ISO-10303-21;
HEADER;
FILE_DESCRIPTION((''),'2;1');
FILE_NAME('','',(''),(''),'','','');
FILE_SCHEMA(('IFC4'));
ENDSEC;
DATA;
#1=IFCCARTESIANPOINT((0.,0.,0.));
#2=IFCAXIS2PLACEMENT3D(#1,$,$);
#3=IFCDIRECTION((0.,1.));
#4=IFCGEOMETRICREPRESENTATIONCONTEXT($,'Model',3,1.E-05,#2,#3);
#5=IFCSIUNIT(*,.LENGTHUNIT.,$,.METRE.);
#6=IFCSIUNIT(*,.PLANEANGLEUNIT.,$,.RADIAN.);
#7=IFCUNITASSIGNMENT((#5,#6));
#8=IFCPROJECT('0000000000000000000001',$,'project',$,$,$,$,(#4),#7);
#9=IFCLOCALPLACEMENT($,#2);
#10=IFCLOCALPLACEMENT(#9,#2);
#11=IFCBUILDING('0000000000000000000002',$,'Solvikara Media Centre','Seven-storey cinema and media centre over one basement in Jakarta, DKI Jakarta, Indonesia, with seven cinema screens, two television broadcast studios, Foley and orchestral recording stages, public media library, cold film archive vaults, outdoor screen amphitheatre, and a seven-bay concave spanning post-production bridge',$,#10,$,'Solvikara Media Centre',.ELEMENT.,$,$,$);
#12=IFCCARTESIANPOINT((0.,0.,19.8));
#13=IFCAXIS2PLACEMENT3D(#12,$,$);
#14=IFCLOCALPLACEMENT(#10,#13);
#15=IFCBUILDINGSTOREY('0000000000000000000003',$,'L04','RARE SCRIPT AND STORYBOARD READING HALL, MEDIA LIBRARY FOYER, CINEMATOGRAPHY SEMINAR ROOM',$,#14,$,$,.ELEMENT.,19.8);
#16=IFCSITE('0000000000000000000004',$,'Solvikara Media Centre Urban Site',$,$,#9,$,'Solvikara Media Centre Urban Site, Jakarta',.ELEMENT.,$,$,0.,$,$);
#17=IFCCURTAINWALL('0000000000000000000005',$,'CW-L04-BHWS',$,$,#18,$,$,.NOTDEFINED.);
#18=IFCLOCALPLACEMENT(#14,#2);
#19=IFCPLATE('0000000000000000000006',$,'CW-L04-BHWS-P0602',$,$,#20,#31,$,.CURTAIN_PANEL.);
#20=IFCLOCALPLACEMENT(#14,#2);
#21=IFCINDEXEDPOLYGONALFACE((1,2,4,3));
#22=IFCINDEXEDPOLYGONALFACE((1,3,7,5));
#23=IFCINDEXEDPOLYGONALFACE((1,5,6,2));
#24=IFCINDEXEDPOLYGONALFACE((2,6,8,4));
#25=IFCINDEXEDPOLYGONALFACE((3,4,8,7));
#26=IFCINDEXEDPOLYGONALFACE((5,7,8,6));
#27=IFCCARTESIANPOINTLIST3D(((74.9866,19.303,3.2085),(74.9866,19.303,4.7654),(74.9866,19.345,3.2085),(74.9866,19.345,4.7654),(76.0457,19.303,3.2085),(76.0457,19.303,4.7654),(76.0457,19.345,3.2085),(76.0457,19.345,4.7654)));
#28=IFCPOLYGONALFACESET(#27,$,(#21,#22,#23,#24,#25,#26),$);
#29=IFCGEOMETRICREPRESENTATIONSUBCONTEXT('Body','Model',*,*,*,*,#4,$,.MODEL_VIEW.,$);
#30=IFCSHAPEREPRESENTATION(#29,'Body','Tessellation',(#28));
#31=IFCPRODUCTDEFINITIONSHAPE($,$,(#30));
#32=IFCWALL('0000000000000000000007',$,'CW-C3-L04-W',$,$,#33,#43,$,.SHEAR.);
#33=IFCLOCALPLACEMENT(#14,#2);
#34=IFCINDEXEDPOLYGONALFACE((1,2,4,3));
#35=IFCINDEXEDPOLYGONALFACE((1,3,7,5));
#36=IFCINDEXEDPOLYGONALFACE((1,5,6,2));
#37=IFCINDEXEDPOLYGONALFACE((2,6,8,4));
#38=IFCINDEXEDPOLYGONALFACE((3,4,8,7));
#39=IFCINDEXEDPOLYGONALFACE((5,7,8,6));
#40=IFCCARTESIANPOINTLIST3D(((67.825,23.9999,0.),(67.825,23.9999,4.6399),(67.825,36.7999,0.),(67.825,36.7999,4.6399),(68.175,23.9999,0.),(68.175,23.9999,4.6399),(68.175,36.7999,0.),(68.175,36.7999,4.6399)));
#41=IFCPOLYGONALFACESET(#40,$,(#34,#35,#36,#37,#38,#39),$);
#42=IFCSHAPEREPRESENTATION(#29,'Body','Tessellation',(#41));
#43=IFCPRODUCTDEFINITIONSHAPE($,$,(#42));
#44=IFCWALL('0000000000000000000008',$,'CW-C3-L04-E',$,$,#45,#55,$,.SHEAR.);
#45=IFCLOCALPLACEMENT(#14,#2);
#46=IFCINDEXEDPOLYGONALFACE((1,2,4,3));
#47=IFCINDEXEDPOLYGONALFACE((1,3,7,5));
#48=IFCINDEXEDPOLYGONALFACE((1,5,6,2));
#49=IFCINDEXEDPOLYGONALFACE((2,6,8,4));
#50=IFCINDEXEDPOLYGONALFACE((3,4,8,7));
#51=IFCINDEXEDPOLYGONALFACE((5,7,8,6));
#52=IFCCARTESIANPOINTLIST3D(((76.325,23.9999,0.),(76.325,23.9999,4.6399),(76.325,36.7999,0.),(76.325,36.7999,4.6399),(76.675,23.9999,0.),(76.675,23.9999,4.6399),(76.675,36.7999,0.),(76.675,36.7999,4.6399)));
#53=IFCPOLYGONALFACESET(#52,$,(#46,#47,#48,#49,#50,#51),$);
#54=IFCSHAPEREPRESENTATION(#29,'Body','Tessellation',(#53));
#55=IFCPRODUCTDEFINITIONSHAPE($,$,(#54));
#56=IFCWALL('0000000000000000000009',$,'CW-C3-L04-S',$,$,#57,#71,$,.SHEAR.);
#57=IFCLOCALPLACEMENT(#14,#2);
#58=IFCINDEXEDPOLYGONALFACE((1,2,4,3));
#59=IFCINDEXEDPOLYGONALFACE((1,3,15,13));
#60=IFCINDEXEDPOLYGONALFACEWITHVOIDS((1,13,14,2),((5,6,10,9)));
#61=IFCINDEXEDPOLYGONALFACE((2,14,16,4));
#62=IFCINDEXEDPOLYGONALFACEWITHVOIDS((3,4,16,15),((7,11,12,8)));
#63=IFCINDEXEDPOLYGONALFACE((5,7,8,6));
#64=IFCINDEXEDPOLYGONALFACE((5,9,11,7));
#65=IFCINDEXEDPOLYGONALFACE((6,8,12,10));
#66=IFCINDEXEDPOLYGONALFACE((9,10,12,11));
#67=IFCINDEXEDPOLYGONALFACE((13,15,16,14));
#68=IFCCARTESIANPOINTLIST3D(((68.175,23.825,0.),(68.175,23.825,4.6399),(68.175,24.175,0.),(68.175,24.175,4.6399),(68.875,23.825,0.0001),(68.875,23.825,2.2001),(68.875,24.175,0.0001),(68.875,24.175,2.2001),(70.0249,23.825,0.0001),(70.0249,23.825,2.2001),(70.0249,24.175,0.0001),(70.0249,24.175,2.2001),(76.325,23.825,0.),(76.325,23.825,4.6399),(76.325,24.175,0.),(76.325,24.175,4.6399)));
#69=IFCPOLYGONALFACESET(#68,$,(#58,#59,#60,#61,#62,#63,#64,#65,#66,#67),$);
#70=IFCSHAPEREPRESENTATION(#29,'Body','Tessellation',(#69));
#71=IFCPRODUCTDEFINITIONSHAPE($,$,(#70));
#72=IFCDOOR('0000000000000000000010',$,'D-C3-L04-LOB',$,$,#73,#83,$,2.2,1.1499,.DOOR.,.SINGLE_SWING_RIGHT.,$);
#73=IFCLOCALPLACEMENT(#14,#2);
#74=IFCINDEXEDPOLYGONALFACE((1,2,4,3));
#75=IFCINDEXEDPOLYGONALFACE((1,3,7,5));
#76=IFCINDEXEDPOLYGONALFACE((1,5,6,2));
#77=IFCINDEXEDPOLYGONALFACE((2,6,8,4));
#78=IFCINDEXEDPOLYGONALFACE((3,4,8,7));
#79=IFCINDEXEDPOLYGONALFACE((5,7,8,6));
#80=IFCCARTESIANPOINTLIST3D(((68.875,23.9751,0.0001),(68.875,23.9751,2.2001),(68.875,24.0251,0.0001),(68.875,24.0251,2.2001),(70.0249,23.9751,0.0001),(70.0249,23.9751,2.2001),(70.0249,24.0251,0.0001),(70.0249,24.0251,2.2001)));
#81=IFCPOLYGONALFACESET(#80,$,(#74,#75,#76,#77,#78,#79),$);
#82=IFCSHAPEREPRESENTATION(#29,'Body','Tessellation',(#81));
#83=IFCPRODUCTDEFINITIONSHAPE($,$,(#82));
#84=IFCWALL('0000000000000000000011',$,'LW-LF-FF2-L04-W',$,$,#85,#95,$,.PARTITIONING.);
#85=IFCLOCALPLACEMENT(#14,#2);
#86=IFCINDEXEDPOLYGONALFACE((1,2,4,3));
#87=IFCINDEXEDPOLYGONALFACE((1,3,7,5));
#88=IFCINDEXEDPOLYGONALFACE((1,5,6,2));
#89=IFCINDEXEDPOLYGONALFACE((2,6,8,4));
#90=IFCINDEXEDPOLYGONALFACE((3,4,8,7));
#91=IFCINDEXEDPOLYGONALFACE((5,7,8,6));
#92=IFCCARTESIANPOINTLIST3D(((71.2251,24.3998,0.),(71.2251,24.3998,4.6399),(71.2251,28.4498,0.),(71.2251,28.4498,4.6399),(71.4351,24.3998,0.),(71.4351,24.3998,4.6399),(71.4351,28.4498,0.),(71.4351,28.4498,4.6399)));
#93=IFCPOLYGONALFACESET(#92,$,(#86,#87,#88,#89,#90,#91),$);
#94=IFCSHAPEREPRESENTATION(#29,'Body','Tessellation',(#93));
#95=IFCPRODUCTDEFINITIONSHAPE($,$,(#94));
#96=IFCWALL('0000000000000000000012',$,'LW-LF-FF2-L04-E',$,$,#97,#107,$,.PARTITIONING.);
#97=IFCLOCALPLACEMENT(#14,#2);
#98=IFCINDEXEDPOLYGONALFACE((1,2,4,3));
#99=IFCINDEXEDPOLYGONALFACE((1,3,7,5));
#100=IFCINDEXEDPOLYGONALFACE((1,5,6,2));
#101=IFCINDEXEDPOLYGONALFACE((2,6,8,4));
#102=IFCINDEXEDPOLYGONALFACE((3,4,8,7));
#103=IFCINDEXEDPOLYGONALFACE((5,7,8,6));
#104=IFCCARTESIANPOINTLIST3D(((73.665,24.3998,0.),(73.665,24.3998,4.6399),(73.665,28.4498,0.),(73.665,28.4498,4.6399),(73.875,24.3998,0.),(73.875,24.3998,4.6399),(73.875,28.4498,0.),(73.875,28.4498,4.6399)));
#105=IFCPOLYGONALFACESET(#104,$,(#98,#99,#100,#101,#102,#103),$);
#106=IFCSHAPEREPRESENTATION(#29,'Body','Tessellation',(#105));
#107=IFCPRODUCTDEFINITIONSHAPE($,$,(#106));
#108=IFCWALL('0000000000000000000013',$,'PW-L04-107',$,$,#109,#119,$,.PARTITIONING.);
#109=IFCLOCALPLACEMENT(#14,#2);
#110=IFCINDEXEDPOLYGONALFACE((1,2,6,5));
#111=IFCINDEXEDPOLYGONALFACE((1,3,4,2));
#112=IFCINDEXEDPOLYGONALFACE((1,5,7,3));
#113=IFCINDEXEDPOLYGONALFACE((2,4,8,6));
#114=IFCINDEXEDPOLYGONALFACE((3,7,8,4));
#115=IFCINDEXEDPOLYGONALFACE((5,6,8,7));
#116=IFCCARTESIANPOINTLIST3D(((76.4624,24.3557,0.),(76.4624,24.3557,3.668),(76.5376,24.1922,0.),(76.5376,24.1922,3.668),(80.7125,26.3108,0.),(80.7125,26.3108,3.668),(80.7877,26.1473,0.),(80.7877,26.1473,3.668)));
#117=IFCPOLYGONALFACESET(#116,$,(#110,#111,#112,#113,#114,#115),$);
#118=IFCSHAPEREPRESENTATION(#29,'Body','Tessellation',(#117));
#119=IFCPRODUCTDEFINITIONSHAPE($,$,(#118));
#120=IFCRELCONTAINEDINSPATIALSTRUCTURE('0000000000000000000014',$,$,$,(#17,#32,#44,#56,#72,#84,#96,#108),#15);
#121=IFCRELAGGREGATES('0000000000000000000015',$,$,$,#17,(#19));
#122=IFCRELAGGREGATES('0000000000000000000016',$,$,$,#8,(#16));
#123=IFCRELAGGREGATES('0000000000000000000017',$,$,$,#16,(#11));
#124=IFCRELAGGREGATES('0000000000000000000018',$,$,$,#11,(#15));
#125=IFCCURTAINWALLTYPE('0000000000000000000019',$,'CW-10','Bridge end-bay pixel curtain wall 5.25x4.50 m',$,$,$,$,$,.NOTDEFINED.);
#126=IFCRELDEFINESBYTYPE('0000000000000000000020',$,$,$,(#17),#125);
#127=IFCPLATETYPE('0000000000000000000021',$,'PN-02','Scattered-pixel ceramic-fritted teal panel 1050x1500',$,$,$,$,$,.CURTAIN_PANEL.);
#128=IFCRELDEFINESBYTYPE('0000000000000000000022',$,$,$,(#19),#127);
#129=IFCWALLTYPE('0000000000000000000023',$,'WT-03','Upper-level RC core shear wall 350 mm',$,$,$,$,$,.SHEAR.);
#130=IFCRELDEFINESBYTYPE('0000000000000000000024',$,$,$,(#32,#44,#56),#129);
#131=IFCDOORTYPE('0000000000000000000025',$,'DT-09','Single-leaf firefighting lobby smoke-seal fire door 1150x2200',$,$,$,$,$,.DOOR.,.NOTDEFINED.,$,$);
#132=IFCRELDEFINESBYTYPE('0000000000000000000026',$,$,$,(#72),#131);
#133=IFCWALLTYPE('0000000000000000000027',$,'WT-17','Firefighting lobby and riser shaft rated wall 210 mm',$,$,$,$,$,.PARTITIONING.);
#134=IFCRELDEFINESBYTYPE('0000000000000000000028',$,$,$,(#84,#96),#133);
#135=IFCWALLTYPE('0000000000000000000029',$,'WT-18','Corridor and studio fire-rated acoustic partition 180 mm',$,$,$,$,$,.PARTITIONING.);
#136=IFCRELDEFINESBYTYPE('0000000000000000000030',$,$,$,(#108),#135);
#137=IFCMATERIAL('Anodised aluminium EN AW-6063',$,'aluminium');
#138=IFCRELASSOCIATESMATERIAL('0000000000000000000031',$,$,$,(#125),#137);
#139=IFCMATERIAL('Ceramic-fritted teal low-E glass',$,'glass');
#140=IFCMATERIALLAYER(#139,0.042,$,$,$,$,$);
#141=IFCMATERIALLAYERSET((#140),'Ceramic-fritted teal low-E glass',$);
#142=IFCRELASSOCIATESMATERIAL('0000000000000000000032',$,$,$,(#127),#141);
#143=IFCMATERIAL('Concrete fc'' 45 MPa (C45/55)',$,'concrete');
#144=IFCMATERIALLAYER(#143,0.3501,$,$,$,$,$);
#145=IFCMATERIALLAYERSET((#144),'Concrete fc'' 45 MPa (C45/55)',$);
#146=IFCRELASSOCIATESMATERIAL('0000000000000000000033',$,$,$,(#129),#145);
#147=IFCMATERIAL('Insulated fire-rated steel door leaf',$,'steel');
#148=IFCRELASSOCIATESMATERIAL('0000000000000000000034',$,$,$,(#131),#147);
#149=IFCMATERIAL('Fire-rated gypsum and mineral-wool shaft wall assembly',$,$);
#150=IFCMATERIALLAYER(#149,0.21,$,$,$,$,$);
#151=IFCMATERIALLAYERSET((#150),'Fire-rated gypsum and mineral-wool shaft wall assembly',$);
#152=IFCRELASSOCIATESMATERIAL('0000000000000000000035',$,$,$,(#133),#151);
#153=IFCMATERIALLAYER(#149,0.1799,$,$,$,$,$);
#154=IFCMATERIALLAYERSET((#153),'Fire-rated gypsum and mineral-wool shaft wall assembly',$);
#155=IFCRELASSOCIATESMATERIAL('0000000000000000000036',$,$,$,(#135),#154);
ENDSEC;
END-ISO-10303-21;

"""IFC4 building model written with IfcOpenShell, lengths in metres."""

from ifc_helpers import new_model, si_unit, direction, frame, frame_2d, origin, origin_2d, place, context, subcontext, project, spatial, rectangle, extrude, material, layer, layer_set, type_object, element, fill, aggregate, save


model = new_model("IFC4")

# Units and contexts
model_context = context("Model", 3, precision=1e-05, world=origin(), true_north=direction((0.0, 1.0)))
body_context = subcontext(model_context, "Body", "Model", "MODEL_VIEW")
ifc_project = project(units=[si_unit("LENGTHUNIT", "METRE"), si_unit("PLANEANGLEUNIT", "RADIAN")], contexts=[model_context])

# Site, building, storey
site_placement = place(None, origin())
site = spatial("IfcSite", under=ifc_project, at=site_placement, Name="Solvikara Media Centre Urban Site", LongName="Solvikara Media Centre Urban Site, Jakarta", CompositionType="ELEMENT", RefElevation=0.0)
building_placement = place(site_placement, origin())
building = spatial("IfcBuilding", under=site, at=building_placement, Name="Solvikara Media Centre", Description="Seven-storey cinema and media centre over one basement in Jakarta, DKI Jakarta, Indonesia, with seven cinema screens, two television broadcast studios, Foley and orchestral recording stages, public media library, cold film archive vaults, outdoor screen amphitheatre, and a seven-bay concave spanning post-production bridge", LongName="Solvikara Media Centre", CompositionType="ELEMENT")
storey_placement = place(building_placement, frame((0.0, 0.0, 19.8)))
storey = spatial("IfcBuildingStorey", under=building, at=storey_placement, Name="L04", Description="RARE SCRIPT AND STORYBOARD READING HALL, MEDIA LIBRARY FOYER, CINEMATOGRAPHY SEMINAR ROOM", CompositionType="ELEMENT", Elevation=19.8)

# Shared definitions
ifc_material_1 = material(Name="Concrete fc' 45 MPa (C45/55)", Category="concrete")

# Curtain wall, plate
ifc_material_2 = material(Name="Anodised aluminium EN AW-6063", Category="aluminium")
curtain_wall_type = type_object("IfcCurtainWallType", Name="CW-10", Description="Bridge end-bay pixel curtain wall 5.25x4.50 m", PredefinedType="NOTDEFINED", material=ifc_material_2)
curtain_wall_placement = place(storey_placement, origin())
curtain_wall = element("IfcCurtainWall", 1, at=curtain_wall_placement, inside=storey, type_object=curtain_wall_type, Name="CW-L04-BHWS", PredefinedType="NOTDEFINED")
ifc_material_3 = material(Name="Ceramic-fritted teal low-E glass", Category="glass")
ifc_layer_1 = layer(ifc_material_3, 0.042)
ifc_layer_set_1 = layer_set([ifc_layer_1], Name="Ceramic-fritted teal low-E glass")
plate_type_1 = type_object("IfcPlateType", Name="PN-02", Description="Scattered-pixel ceramic-fritted teal panel 1050x1500", PredefinedType="CURTAIN_PANEL", material=ifc_layer_set_1)
plate_1_placement = place(storey_placement, frame((75.5161, 19.324, 3.2085), z_axis=(0.0, 0.0, 1.0), x_axis=(1.0, 0.0, 0.0)))
plate_1 = element("IfcPlate", 2, at=plate_1_placement, type_object=plate_type_1, Name="CW-L04-BHWS-P0602", PredefinedType="CURTAIN_PANEL", context=body_context, shape_type="SweptSolid", body=[
    extrude(rectangle(XDim=1.0591, YDim=0.042, at=origin_2d()), origin(), (0.0, 0.0, 1.0), 1.5569),
])
aggregate(curtain_wall, [plate_1])

# Walls
ifc_layer_2 = layer(ifc_material_1, 0.3501)
ifc_layer_set_2 = layer_set([ifc_layer_2], Name="Concrete fc' 45 MPa (C45/55)")
wall_type_1 = type_object("IfcWallType", Name="WT-03", Description="Upper-level RC core shear wall 350 mm", PredefinedType="SHEAR", material=ifc_layer_set_2)
for number, where, z_axis, x_axis, name in (
    (3, (68.0, 24.0, 0.0), (0.0, 0.0, 1.0), (0.0, 1.0, 0.0), "CW-C3-L04-W"),
    (4, (76.5, 24.0, 0.0), (0.0, 0.0, 1.0), (0.0, 1.0, 0.0), "CW-C3-L04-E"),
):
    element("IfcWall", number, at=place(storey_placement, frame(where, z_axis=z_axis, x_axis=x_axis)), inside=storey, type_object=wall_type_1, Name=name, PredefinedType="SHEAR", context=body_context, shape_type="SweptSolid", body=[
        extrude(rectangle(XDim=12.8, YDim=0.3501, at=frame_2d((6.3999, 0.0))), origin(), (0.0, 0.0, 1.0), 4.6399),
    ])

# Wall, opening, door
wall_1_placement = place(storey_placement, frame((68.175, 24.0, 0.0), z_axis=(0.0, 0.0, 1.0), x_axis=(1.0, 0.0, 0.0)))
wall_1 = element("IfcWall", 5, at=wall_1_placement, inside=storey, type_object=wall_type_1, Name="CW-C3-L04-S", PredefinedType="SHEAR", context=body_context, shape_type="SweptSolid", body=[
    extrude(rectangle(XDim=8.1499, YDim=0.3501, at=frame_2d((4.075, 0.0))), origin(), (0.0, 0.0, 1.0), 4.6399),
])
opening_placement = place(wall_1_placement, frame((0.7, 0.0, 0.0)))
opening = element("IfcOpeningElement", 6, at=opening_placement, cuts=wall_1, PredefinedType="OPENING", context=body_context, shape_type="SweptSolid", body=[
    extrude(rectangle(XDim=1.1499, YDim=2.2, at=frame_2d((0.575, 1.1001))), frame((0.0, 0.187, 0.0), z_axis=(0.0, -1.0, 0.0), x_axis=(1.0, 0.0, 0.0)), (0.0, 0.0, 1.0), 0.374),
])
ifc_material_4 = material(Name="Insulated fire-rated steel door leaf", Category="steel")
door_type = type_object("IfcDoorType", Name="DT-09", Description="Single-leaf firefighting lobby smoke-seal fire door 1150x2200", OperationType="NOTDEFINED", PredefinedType="DOOR", material=ifc_material_4)
door_placement = place(opening_placement, frame((1.1499, 0.0, 0.0), z_axis=(0.0, 0.0, 1.0), x_axis=(-1.0, 0.0, 0.0)))
door = element("IfcDoor", 7, at=door_placement, inside=storey, type_object=door_type, Name="D-C3-L04-LOB", OperationType="SINGLE_SWING_RIGHT", OverallHeight=2.2, OverallWidth=1.1499, PredefinedType="DOOR", context=body_context, shape_type="SweptSolid", body=[
    extrude(rectangle(XDim=1.1499, YDim=2.2, at=frame_2d((0.575, 1.1001))), frame((0.0, 0.0249, 0.0), z_axis=(0.0, -1.0, 0.0), x_axis=(1.0, 0.0, 0.0)), (0.0, 0.0, 1.0), 0.05),
])
fill(opening, door)

# Walls
ifc_material_5 = material(Name="Fire-rated gypsum and mineral-wool shaft wall assembly")
ifc_layer_3 = layer(ifc_material_5, 0.21)
ifc_layer_set_3 = layer_set([ifc_layer_3], Name="Fire-rated gypsum and mineral-wool shaft wall assembly")
wall_type_2 = type_object("IfcWallType", Name="WT-17", Description="Firefighting lobby and riser shaft rated wall 210 mm", PredefinedType="PARTITIONING", material=ifc_layer_set_3)
for number, where, z_axis, x_axis, name in (
    (8, (71.3301, 24.3999, 0.0), (0.0, 0.0, 1.0), (0.0, 1.0, 0.0), "LW-LF-FF2-L04-W"),
    (9, (73.77, 24.3999, 0.0), (0.0, 0.0, 1.0), (0.0, 1.0, 0.0), "LW-LF-FF2-L04-E"),
):
    element("IfcWall", number, at=place(storey_placement, frame(where, z_axis=z_axis, x_axis=x_axis)), inside=storey, type_object=wall_type_2, Name=name, PredefinedType="PARTITIONING", context=body_context, shape_type="SweptSolid", body=[
        extrude(rectangle(XDim=4.05, YDim=0.21, at=frame_2d((2.0249, 0.0))), origin(), (0.0, 0.0, 1.0), 4.6399),
    ])
ifc_layer_4 = layer(ifc_material_5, 0.1799)
ifc_layer_set_4 = layer_set([ifc_layer_4], Name="Fire-rated gypsum and mineral-wool shaft wall assembly")
wall_type_3 = type_object("IfcWallType", Name="WT-18", Description="Corridor and studio fire-rated acoustic partition 180 mm", PredefinedType="PARTITIONING", material=ifc_layer_set_4)
wall_2_placement = place(storey_placement, frame((76.5, 24.2739, 0.0), z_axis=(0.0, 0.0, 1.0), x_axis=(0.908484, 0.417919, 0.0)))
element("IfcWall", 10, at=wall_2_placement, inside=storey, type_object=wall_type_3, Name="PW-L04-107", PredefinedType="PARTITIONING", context=body_context, shape_type="SweptSolid", body=[
    extrude(rectangle(XDim=4.6782, YDim=0.1799, at=frame_2d((2.3391, 0.0))), origin(), (0.0, 0.0, 1.0), 3.668),
])

save(model, "model.ifc")
